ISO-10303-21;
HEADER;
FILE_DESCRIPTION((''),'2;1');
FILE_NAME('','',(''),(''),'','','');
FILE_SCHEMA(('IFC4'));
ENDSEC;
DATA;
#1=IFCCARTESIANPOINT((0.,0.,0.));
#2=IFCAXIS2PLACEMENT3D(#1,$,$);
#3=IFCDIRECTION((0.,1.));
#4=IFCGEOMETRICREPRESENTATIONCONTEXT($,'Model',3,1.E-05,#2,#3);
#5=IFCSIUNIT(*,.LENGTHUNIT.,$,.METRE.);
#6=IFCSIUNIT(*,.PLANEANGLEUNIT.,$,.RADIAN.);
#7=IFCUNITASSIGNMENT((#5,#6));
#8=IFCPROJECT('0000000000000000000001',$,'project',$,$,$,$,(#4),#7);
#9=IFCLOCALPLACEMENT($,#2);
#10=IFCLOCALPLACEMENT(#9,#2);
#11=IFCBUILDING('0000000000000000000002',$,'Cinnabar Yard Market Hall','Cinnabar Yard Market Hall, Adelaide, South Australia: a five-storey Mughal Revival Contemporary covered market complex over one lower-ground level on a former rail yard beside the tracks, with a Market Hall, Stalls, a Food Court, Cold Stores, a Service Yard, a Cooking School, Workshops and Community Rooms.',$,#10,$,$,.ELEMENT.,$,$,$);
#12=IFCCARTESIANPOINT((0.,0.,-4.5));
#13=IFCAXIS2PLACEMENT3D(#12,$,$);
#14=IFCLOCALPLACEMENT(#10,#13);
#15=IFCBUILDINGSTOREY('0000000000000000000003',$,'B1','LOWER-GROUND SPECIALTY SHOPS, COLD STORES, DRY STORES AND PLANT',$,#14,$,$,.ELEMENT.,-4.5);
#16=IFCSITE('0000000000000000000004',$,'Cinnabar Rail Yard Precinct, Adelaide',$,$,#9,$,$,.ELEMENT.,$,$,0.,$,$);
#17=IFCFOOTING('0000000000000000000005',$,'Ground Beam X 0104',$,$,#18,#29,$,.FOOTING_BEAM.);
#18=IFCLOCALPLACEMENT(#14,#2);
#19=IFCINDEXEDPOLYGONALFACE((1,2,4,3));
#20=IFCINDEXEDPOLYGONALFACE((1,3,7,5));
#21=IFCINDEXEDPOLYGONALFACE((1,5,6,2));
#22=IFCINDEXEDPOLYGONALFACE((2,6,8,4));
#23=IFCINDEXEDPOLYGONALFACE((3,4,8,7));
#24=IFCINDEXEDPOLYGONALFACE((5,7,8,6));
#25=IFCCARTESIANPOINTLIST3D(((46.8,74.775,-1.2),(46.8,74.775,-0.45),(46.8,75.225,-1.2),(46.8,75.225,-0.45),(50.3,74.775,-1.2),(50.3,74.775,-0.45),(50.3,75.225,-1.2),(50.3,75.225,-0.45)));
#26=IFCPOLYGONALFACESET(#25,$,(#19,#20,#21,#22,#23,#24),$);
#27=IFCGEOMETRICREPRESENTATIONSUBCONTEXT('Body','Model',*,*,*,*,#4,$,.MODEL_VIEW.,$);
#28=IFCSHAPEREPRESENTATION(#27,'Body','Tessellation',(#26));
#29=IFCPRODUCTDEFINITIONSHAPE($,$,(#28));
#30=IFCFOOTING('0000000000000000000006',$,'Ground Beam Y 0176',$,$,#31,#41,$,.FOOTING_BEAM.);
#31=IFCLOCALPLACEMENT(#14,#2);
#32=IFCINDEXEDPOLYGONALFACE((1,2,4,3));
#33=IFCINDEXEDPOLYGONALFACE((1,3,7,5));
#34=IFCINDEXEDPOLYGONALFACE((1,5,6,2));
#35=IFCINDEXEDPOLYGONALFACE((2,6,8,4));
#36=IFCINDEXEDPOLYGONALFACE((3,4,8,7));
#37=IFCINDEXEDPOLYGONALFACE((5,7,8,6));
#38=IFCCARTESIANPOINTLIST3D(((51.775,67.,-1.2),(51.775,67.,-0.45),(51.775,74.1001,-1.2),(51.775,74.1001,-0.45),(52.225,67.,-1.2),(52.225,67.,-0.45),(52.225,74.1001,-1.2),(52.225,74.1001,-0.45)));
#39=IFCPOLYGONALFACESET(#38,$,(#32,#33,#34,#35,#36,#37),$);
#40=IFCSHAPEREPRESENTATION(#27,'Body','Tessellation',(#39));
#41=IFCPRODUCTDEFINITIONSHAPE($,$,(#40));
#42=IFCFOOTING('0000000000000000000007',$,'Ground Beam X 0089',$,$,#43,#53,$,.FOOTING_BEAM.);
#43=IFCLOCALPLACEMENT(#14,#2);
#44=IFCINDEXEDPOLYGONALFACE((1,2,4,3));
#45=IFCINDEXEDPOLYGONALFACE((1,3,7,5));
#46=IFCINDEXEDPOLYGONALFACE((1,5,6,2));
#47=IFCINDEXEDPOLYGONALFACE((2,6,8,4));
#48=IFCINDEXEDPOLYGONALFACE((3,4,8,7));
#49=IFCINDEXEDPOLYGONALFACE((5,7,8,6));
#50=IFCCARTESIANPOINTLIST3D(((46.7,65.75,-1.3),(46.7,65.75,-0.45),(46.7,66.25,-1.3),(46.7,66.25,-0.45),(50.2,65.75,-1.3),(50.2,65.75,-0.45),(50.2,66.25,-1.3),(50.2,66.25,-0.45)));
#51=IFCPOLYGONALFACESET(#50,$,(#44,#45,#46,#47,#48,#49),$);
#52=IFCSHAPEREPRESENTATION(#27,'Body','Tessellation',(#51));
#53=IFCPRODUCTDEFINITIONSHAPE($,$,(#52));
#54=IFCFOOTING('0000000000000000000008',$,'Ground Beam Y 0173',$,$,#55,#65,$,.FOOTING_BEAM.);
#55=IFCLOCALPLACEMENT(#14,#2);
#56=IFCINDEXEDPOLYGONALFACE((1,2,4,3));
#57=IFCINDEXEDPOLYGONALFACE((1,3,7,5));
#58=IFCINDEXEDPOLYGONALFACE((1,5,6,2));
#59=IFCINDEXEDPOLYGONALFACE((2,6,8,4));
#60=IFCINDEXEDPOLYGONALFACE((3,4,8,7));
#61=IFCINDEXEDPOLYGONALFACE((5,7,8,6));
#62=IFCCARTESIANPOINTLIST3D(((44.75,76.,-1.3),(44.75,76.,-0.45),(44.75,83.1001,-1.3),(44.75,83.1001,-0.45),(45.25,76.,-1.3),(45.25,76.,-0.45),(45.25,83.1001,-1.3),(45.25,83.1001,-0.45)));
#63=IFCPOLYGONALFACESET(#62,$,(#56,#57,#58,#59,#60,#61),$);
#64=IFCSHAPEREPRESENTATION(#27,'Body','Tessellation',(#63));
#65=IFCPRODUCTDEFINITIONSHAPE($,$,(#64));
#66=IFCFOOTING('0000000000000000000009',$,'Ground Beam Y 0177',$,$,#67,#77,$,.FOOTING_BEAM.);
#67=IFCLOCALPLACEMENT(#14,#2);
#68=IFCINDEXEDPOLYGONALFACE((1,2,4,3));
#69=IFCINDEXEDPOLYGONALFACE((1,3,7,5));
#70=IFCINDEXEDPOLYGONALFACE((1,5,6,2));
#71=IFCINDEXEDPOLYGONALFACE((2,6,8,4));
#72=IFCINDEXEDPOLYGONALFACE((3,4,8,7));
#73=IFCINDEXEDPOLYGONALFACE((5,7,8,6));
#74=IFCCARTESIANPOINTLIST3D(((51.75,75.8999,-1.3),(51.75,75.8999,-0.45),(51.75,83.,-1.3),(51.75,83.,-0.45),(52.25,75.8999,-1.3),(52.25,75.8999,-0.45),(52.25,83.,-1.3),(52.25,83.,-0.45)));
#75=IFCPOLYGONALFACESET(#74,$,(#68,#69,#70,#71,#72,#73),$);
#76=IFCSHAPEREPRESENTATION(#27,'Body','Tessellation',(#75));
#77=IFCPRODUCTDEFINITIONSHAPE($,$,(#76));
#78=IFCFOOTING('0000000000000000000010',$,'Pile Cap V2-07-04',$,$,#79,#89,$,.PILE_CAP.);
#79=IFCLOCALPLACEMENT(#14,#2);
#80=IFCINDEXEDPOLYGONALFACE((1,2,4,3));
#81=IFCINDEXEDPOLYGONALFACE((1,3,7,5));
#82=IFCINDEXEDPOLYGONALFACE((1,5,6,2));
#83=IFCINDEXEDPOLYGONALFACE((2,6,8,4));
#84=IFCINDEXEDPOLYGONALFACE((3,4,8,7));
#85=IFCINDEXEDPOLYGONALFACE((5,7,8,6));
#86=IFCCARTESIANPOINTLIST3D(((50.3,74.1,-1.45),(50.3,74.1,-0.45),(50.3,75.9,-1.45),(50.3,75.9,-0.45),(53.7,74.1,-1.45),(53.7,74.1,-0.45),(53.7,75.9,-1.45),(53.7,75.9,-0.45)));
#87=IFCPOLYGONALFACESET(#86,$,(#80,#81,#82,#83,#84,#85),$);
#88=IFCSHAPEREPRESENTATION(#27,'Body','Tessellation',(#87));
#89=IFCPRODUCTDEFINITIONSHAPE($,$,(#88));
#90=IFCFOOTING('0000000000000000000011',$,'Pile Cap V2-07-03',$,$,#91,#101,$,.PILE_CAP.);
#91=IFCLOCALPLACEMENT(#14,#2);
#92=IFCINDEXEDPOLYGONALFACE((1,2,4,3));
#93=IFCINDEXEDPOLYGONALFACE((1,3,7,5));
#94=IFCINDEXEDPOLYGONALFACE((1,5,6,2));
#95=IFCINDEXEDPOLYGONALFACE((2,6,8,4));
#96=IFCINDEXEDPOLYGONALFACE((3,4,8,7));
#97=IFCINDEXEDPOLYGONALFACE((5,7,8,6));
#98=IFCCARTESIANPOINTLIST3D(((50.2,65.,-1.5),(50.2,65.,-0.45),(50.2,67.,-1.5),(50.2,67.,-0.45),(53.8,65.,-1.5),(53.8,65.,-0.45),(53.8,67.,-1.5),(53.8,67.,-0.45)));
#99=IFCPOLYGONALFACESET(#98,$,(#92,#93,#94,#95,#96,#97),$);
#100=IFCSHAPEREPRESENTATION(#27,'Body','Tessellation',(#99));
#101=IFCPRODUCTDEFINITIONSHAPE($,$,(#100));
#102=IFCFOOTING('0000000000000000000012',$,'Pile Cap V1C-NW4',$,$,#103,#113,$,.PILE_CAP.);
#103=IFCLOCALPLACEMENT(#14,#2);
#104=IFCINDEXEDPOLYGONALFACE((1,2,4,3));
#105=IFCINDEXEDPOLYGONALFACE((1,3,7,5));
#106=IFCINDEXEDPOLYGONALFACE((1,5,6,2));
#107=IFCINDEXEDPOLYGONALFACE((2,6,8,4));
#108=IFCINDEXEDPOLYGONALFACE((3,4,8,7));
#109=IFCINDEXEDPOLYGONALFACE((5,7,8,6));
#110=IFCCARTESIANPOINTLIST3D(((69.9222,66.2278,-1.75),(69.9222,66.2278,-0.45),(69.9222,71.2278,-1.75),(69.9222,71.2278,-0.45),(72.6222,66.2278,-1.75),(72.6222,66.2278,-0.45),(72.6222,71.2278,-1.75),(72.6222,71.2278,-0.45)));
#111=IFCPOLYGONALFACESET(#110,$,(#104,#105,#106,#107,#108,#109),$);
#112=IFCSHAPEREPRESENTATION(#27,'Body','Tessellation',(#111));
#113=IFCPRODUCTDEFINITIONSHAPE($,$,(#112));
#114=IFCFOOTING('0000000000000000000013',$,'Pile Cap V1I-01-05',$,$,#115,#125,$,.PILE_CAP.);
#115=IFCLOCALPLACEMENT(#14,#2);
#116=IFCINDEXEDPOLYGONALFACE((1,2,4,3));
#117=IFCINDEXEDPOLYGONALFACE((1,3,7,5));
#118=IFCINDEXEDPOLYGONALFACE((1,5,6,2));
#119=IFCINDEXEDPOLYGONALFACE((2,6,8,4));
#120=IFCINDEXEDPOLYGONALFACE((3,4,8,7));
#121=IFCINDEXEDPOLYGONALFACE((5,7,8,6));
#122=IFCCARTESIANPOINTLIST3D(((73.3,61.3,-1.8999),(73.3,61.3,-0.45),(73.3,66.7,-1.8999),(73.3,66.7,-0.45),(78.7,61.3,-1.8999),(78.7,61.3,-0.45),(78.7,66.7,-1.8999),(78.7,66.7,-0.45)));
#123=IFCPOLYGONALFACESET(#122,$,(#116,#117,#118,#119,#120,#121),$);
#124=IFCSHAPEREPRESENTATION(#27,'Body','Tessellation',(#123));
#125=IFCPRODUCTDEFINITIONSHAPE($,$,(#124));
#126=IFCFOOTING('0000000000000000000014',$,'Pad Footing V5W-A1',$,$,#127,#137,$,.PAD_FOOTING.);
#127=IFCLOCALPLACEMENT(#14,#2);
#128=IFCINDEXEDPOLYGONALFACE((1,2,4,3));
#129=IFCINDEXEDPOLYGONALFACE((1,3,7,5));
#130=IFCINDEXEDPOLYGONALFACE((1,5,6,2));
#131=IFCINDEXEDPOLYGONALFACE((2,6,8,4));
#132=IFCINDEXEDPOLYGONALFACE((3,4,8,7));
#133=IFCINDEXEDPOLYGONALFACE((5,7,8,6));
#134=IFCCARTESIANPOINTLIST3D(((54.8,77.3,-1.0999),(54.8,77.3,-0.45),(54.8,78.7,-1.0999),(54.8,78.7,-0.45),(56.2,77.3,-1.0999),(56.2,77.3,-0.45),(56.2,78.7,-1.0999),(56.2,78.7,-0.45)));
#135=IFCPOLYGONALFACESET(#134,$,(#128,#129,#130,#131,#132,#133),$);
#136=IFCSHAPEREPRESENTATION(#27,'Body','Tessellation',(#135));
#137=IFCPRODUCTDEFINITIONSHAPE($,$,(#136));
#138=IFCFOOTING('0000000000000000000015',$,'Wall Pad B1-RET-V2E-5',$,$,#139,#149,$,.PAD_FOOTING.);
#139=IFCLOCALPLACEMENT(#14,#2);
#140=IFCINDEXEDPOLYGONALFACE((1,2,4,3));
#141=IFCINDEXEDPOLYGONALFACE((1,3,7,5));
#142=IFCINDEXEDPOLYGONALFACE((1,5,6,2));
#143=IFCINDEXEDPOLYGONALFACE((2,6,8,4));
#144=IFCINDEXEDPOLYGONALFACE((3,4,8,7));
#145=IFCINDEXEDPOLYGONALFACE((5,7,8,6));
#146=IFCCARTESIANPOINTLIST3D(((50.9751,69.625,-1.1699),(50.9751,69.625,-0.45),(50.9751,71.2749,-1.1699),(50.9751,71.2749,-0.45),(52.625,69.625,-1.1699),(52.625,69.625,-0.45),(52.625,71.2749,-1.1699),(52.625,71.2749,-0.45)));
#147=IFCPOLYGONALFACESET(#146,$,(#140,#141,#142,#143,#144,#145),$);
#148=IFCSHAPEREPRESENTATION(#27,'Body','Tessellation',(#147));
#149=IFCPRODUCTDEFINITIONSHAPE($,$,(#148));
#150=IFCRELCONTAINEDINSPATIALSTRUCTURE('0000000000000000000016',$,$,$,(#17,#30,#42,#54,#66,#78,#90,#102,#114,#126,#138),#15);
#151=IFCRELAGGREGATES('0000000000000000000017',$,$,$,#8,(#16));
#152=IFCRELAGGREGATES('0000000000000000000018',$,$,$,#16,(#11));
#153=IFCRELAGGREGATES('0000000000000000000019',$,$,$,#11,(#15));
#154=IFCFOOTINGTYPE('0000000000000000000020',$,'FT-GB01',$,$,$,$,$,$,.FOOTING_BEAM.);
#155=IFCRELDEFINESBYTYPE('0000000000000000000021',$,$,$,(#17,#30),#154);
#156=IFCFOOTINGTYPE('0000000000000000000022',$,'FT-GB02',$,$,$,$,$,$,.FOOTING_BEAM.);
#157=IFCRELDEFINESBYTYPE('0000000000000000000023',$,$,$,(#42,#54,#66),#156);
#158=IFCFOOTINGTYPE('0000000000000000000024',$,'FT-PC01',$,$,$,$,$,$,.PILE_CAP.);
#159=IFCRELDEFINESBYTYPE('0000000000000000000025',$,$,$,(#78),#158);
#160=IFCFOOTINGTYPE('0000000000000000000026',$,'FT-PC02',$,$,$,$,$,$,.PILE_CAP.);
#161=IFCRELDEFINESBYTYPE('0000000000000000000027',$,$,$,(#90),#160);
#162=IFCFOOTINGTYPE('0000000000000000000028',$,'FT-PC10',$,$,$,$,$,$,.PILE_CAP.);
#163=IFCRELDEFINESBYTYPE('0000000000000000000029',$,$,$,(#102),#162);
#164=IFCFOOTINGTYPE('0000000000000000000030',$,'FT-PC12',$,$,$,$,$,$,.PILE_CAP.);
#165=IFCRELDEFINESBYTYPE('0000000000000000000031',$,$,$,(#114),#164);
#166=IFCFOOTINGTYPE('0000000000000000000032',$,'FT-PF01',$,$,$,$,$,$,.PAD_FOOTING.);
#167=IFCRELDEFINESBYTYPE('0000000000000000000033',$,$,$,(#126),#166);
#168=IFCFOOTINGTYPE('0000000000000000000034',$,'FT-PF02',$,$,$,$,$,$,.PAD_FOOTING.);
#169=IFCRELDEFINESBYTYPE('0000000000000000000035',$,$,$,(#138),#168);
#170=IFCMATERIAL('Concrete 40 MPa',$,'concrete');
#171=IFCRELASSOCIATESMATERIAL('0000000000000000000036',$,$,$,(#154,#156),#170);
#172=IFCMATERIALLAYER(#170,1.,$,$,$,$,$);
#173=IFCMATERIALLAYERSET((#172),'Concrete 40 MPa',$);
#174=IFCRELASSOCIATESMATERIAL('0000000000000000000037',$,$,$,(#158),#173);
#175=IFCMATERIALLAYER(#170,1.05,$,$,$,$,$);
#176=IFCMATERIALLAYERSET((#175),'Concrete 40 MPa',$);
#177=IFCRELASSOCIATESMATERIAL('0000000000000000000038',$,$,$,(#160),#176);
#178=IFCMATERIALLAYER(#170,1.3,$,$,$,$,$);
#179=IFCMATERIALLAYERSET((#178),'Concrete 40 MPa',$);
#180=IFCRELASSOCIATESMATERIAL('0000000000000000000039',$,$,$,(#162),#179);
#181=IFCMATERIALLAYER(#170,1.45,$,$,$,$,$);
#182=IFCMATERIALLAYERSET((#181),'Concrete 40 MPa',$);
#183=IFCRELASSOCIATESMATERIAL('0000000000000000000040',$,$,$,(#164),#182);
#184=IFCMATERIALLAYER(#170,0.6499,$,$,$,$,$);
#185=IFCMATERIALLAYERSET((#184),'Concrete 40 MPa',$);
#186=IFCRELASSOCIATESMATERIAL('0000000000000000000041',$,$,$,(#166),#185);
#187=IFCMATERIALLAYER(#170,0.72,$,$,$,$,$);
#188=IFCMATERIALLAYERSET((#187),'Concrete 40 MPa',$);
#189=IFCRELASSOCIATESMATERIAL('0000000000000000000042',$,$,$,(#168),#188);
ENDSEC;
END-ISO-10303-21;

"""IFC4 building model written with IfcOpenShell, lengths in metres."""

from ifc_helpers import new_model, si_unit, direction, frame, origin, origin_2d_with_axis, place, context, subcontext, project, spatial, rectangle, extrude, material, layer, layer_set, material_profile, profile_set, type_object, element, save


model = new_model("IFC4")

# Units and contexts
model_context = context("Model", 3, precision=1e-05, world=origin(), true_north=direction((0.0, 1.0)))
body_context = subcontext(model_context, "Body", "Model", "MODEL_VIEW")
ifc_project = project(units=[si_unit("LENGTHUNIT", "METRE"), si_unit("PLANEANGLEUNIT", "RADIAN")], contexts=[model_context])

# Site, building, storey
site_placement = place(None, origin())
site = spatial("IfcSite", under=ifc_project, at=site_placement, Name="Cinnabar Rail Yard Precinct, Adelaide", CompositionType="ELEMENT", RefElevation=0.0)
building_placement = place(site_placement, origin())
building = spatial("IfcBuilding", under=site, at=building_placement, Name="Cinnabar Yard Market Hall", Description="Cinnabar Yard Market Hall, Adelaide, South Australia: a five-storey Mughal Revival Contemporary covered market complex over one lower-ground level on a former rail yard beside the tracks, with a Market Hall, Stalls, a Food Court, Cold Stores, a Service Yard, a Cooking School, Workshops and Community Rooms.", CompositionType="ELEMENT")
storey_placement = place(building_placement, frame((0.0, 0.0, -4.5)))
storey = spatial("IfcBuildingStorey", under=building, at=storey_placement, Name="B1", Description="LOWER-GROUND SPECIALTY SHOPS, COLD STORES, DRY STORES AND PLANT", CompositionType="ELEMENT", Elevation=-4.5)

# Footings
ifc_material_1 = material(Name="Concrete 40 MPa", Category="concrete")
ifc_material_profile_1 = material_profile(ifc_material_1, rectangle(XDim=0.45, YDim=0.75, at=origin_2d_with_axis()), Name="GB-450x750")
ifc_profile_set_1 = profile_set([ifc_material_profile_1], Name="Concrete 40 MPa")
footing_type_1 = type_object("IfcFootingType", Name="FT-GB01", PredefinedType="FOOTING_BEAM", material=ifc_profile_set_1)
footing_1_placement = place(storey_placement, frame((46.8, 75.0, -0.825), z_axis=(1.0, 0.0, 0.0), x_axis=(0.0, 1.0, 0.0)))
element("IfcFooting", 1, at=footing_1_placement, inside=storey, type_object=footing_type_1, Name="Ground Beam X 0104", PredefinedType="FOOTING_BEAM", context=body_context, shape_type="SweptSolid", body=[
    extrude(rectangle(XDim=0.45, YDim=0.75, at=origin_2d_with_axis()), origin(), (0.0, 0.0, 1.0), 3.5),
])
footing_2_placement = place(storey_placement, frame((52.0, 67.0, -0.825), z_axis=(0.0, 1.0, 0.0), x_axis=(-1.0, 0.0, 0.0)))
element("IfcFooting", 2, at=footing_2_placement, inside=storey, type_object=footing_type_1, Name="Ground Beam Y 0176", PredefinedType="FOOTING_BEAM", context=body_context, shape_type="SweptSolid", body=[
    extrude(rectangle(XDim=0.45, YDim=0.75, at=origin_2d_with_axis()), origin(), (0.0, 0.0, 1.0), 7.1001),
])
ifc_material_profile_2 = material_profile(ifc_material_1, rectangle(XDim=0.5, YDim=0.8501, at=origin_2d_with_axis()), Name="GB-500x850")
ifc_profile_set_2 = profile_set([ifc_material_profile_2], Name="Concrete 40 MPa")
footing_type_2 = type_object("IfcFootingType", Name="FT-GB02", PredefinedType="FOOTING_BEAM", material=ifc_profile_set_2)
footing_3_placement = place(storey_placement, frame((46.7, 66.0, -0.875), z_axis=(1.0, 0.0, 0.0), x_axis=(0.0, 1.0, 0.0)))
element("IfcFooting", 3, at=footing_3_placement, inside=storey, type_object=footing_type_2, Name="Ground Beam X 0089", PredefinedType="FOOTING_BEAM", context=body_context, shape_type="SweptSolid", body=[
    extrude(rectangle(XDim=0.5, YDim=0.8501, at=origin_2d_with_axis()), origin(), (0.0, 0.0, 1.0), 3.5),
])
for number, where, z_axis, x_axis, name in (
    (4, (45.0, 76.0, -0.875), (0.0, 1.0, 0.0), (-1.0, 0.0, 0.0), "Ground Beam Y 0173"),
    (5, (52.0, 75.8999, -0.875), (0.0, 1.0, 0.0), (-1.0, 0.0, 0.0), "Ground Beam Y 0177"),
):
    element("IfcFooting", number, at=place(storey_placement, frame(where, z_axis=z_axis, x_axis=x_axis)), inside=storey, type_object=footing_type_2, Name=name, PredefinedType="FOOTING_BEAM", context=body_context, shape_type="SweptSolid", body=[
        extrude(rectangle(XDim=0.5, YDim=0.8501, at=origin_2d_with_axis()), origin(), (0.0, 0.0, 1.0), 7.1001),
    ])
ifc_layer_1 = layer(ifc_material_1, 1.0)
ifc_layer_set_1 = layer_set([ifc_layer_1], Name="Concrete 40 MPa")
footing_type_3 = type_object("IfcFootingType", Name="FT-PC01", PredefinedType="PILE_CAP", material=ifc_layer_set_1)
footing_4_placement = place(storey_placement, frame((52.0, 75.0, -1.45), z_axis=(0.0, 0.0, 1.0), x_axis=(1.0, 0.0, 0.0)))
element("IfcFooting", 6, at=footing_4_placement, inside=storey, type_object=footing_type_3, Name="Pile Cap V2-07-04", PredefinedType="PILE_CAP", context=body_context, shape_type="SweptSolid", body=[
    extrude(rectangle(XDim=3.3999, YDim=1.8, at=origin_2d_with_axis()), origin(), (0.0, 0.0, 1.0), 1.0),
])
ifc_layer_2 = layer(ifc_material_1, 1.05)
ifc_layer_set_2 = layer_set([ifc_layer_2], Name="Concrete 40 MPa")
footing_type_4 = type_object("IfcFootingType", Name="FT-PC02", PredefinedType="PILE_CAP", material=ifc_layer_set_2)
footing_5_placement = place(storey_placement, frame((52.0, 66.0, -1.5), z_axis=(0.0, 0.0, 1.0), x_axis=(1.0, 0.0, 0.0)))
element("IfcFooting", 7, at=footing_5_placement, inside=storey, type_object=footing_type_4, Name="Pile Cap V2-07-03", PredefinedType="PILE_CAP", context=body_context, shape_type="SweptSolid", body=[
    extrude(rectangle(XDim=3.6001, YDim=2.0, at=origin_2d_with_axis()), origin(), (0.0, 0.0, 1.0), 1.05),
])
ifc_layer_3 = layer(ifc_material_1, 1.3)
ifc_layer_set_3 = layer_set([ifc_layer_3], Name="Concrete 40 MPa")
footing_type_5 = type_object("IfcFootingType", Name="FT-PC10", PredefinedType="PILE_CAP", material=ifc_layer_set_3)
footing_6_placement = place(storey_placement, frame((71.2722, 68.7278, -1.75), z_axis=(0.0, 0.0, 1.0), x_axis=(1.0, 0.0, 0.0)))
element("IfcFooting", 8, at=footing_6_placement, inside=storey, type_object=footing_type_5, Name="Pile Cap V1C-NW4", PredefinedType="PILE_CAP", context=body_context, shape_type="SweptSolid", body=[
    extrude(rectangle(XDim=2.7, YDim=5.0, at=origin_2d_with_axis()), origin(), (0.0, 0.0, 1.0), 1.3),
])
ifc_layer_4 = layer(ifc_material_1, 1.45)
ifc_layer_set_4 = layer_set([ifc_layer_4], Name="Concrete 40 MPa")
footing_type_6 = type_object("IfcFootingType", Name="FT-PC12", PredefinedType="PILE_CAP", material=ifc_layer_set_4)
footing_7_placement = place(storey_placement, frame((76.0, 64.0, -1.8999), z_axis=(0.0, 0.0, 1.0), x_axis=(1.0, 0.0, 0.0)))
element("IfcFooting", 9, at=footing_7_placement, inside=storey, type_object=footing_type_6, Name="Pile Cap V1I-01-05", PredefinedType="PILE_CAP", context=body_context, shape_type="SweptSolid", body=[
    extrude(rectangle(XDim=5.3999, YDim=5.3999, at=origin_2d_with_axis()), origin(), (0.0, 0.0, 1.0), 1.45),
])
ifc_layer_5 = layer(ifc_material_1, 0.6499)
ifc_layer_set_5 = layer_set([ifc_layer_5], Name="Concrete 40 MPa")
footing_type_7 = type_object("IfcFootingType", Name="FT-PF01", PredefinedType="PAD_FOOTING", material=ifc_layer_set_5)
footing_8_placement = place(storey_placement, frame((55.5, 78.0, -1.0999), z_axis=(0.0, 0.0, 1.0), x_axis=(1.0, 0.0, 0.0)))
element("IfcFooting", 10, at=footing_8_placement, inside=storey, type_object=footing_type_7, Name="Pad Footing V5W-A1", PredefinedType="PAD_FOOTING", context=body_context, shape_type="SweptSolid", body=[
    extrude(rectangle(XDim=1.3999, YDim=1.3999, at=origin_2d_with_axis()), origin(), (0.0, 0.0, 1.0), 0.6499),
])
ifc_layer_6 = layer(ifc_material_1, 0.72)
ifc_layer_set_6 = layer_set([ifc_layer_6], Name="Concrete 40 MPa")
footing_type_8 = type_object("IfcFootingType", Name="FT-PF02", PredefinedType="PAD_FOOTING", material=ifc_layer_set_6)
footing_9_placement = place(storey_placement, frame((51.8, 70.45, -1.1699), z_axis=(0.0, 0.0, 1.0), x_axis=(1.0, 0.0, 0.0)))
element("IfcFooting", 11, at=footing_9_placement, inside=storey, type_object=footing_type_8, Name="Wall Pad B1-RET-V2E-5", PredefinedType="PAD_FOOTING", context=body_context, shape_type="SweptSolid", body=[
    extrude(rectangle(XDim=1.6499, YDim=1.6499, at=origin_2d_with_axis()), origin(), (0.0, 0.0, 1.0), 0.72),
])

save(model, "model.ifc")
